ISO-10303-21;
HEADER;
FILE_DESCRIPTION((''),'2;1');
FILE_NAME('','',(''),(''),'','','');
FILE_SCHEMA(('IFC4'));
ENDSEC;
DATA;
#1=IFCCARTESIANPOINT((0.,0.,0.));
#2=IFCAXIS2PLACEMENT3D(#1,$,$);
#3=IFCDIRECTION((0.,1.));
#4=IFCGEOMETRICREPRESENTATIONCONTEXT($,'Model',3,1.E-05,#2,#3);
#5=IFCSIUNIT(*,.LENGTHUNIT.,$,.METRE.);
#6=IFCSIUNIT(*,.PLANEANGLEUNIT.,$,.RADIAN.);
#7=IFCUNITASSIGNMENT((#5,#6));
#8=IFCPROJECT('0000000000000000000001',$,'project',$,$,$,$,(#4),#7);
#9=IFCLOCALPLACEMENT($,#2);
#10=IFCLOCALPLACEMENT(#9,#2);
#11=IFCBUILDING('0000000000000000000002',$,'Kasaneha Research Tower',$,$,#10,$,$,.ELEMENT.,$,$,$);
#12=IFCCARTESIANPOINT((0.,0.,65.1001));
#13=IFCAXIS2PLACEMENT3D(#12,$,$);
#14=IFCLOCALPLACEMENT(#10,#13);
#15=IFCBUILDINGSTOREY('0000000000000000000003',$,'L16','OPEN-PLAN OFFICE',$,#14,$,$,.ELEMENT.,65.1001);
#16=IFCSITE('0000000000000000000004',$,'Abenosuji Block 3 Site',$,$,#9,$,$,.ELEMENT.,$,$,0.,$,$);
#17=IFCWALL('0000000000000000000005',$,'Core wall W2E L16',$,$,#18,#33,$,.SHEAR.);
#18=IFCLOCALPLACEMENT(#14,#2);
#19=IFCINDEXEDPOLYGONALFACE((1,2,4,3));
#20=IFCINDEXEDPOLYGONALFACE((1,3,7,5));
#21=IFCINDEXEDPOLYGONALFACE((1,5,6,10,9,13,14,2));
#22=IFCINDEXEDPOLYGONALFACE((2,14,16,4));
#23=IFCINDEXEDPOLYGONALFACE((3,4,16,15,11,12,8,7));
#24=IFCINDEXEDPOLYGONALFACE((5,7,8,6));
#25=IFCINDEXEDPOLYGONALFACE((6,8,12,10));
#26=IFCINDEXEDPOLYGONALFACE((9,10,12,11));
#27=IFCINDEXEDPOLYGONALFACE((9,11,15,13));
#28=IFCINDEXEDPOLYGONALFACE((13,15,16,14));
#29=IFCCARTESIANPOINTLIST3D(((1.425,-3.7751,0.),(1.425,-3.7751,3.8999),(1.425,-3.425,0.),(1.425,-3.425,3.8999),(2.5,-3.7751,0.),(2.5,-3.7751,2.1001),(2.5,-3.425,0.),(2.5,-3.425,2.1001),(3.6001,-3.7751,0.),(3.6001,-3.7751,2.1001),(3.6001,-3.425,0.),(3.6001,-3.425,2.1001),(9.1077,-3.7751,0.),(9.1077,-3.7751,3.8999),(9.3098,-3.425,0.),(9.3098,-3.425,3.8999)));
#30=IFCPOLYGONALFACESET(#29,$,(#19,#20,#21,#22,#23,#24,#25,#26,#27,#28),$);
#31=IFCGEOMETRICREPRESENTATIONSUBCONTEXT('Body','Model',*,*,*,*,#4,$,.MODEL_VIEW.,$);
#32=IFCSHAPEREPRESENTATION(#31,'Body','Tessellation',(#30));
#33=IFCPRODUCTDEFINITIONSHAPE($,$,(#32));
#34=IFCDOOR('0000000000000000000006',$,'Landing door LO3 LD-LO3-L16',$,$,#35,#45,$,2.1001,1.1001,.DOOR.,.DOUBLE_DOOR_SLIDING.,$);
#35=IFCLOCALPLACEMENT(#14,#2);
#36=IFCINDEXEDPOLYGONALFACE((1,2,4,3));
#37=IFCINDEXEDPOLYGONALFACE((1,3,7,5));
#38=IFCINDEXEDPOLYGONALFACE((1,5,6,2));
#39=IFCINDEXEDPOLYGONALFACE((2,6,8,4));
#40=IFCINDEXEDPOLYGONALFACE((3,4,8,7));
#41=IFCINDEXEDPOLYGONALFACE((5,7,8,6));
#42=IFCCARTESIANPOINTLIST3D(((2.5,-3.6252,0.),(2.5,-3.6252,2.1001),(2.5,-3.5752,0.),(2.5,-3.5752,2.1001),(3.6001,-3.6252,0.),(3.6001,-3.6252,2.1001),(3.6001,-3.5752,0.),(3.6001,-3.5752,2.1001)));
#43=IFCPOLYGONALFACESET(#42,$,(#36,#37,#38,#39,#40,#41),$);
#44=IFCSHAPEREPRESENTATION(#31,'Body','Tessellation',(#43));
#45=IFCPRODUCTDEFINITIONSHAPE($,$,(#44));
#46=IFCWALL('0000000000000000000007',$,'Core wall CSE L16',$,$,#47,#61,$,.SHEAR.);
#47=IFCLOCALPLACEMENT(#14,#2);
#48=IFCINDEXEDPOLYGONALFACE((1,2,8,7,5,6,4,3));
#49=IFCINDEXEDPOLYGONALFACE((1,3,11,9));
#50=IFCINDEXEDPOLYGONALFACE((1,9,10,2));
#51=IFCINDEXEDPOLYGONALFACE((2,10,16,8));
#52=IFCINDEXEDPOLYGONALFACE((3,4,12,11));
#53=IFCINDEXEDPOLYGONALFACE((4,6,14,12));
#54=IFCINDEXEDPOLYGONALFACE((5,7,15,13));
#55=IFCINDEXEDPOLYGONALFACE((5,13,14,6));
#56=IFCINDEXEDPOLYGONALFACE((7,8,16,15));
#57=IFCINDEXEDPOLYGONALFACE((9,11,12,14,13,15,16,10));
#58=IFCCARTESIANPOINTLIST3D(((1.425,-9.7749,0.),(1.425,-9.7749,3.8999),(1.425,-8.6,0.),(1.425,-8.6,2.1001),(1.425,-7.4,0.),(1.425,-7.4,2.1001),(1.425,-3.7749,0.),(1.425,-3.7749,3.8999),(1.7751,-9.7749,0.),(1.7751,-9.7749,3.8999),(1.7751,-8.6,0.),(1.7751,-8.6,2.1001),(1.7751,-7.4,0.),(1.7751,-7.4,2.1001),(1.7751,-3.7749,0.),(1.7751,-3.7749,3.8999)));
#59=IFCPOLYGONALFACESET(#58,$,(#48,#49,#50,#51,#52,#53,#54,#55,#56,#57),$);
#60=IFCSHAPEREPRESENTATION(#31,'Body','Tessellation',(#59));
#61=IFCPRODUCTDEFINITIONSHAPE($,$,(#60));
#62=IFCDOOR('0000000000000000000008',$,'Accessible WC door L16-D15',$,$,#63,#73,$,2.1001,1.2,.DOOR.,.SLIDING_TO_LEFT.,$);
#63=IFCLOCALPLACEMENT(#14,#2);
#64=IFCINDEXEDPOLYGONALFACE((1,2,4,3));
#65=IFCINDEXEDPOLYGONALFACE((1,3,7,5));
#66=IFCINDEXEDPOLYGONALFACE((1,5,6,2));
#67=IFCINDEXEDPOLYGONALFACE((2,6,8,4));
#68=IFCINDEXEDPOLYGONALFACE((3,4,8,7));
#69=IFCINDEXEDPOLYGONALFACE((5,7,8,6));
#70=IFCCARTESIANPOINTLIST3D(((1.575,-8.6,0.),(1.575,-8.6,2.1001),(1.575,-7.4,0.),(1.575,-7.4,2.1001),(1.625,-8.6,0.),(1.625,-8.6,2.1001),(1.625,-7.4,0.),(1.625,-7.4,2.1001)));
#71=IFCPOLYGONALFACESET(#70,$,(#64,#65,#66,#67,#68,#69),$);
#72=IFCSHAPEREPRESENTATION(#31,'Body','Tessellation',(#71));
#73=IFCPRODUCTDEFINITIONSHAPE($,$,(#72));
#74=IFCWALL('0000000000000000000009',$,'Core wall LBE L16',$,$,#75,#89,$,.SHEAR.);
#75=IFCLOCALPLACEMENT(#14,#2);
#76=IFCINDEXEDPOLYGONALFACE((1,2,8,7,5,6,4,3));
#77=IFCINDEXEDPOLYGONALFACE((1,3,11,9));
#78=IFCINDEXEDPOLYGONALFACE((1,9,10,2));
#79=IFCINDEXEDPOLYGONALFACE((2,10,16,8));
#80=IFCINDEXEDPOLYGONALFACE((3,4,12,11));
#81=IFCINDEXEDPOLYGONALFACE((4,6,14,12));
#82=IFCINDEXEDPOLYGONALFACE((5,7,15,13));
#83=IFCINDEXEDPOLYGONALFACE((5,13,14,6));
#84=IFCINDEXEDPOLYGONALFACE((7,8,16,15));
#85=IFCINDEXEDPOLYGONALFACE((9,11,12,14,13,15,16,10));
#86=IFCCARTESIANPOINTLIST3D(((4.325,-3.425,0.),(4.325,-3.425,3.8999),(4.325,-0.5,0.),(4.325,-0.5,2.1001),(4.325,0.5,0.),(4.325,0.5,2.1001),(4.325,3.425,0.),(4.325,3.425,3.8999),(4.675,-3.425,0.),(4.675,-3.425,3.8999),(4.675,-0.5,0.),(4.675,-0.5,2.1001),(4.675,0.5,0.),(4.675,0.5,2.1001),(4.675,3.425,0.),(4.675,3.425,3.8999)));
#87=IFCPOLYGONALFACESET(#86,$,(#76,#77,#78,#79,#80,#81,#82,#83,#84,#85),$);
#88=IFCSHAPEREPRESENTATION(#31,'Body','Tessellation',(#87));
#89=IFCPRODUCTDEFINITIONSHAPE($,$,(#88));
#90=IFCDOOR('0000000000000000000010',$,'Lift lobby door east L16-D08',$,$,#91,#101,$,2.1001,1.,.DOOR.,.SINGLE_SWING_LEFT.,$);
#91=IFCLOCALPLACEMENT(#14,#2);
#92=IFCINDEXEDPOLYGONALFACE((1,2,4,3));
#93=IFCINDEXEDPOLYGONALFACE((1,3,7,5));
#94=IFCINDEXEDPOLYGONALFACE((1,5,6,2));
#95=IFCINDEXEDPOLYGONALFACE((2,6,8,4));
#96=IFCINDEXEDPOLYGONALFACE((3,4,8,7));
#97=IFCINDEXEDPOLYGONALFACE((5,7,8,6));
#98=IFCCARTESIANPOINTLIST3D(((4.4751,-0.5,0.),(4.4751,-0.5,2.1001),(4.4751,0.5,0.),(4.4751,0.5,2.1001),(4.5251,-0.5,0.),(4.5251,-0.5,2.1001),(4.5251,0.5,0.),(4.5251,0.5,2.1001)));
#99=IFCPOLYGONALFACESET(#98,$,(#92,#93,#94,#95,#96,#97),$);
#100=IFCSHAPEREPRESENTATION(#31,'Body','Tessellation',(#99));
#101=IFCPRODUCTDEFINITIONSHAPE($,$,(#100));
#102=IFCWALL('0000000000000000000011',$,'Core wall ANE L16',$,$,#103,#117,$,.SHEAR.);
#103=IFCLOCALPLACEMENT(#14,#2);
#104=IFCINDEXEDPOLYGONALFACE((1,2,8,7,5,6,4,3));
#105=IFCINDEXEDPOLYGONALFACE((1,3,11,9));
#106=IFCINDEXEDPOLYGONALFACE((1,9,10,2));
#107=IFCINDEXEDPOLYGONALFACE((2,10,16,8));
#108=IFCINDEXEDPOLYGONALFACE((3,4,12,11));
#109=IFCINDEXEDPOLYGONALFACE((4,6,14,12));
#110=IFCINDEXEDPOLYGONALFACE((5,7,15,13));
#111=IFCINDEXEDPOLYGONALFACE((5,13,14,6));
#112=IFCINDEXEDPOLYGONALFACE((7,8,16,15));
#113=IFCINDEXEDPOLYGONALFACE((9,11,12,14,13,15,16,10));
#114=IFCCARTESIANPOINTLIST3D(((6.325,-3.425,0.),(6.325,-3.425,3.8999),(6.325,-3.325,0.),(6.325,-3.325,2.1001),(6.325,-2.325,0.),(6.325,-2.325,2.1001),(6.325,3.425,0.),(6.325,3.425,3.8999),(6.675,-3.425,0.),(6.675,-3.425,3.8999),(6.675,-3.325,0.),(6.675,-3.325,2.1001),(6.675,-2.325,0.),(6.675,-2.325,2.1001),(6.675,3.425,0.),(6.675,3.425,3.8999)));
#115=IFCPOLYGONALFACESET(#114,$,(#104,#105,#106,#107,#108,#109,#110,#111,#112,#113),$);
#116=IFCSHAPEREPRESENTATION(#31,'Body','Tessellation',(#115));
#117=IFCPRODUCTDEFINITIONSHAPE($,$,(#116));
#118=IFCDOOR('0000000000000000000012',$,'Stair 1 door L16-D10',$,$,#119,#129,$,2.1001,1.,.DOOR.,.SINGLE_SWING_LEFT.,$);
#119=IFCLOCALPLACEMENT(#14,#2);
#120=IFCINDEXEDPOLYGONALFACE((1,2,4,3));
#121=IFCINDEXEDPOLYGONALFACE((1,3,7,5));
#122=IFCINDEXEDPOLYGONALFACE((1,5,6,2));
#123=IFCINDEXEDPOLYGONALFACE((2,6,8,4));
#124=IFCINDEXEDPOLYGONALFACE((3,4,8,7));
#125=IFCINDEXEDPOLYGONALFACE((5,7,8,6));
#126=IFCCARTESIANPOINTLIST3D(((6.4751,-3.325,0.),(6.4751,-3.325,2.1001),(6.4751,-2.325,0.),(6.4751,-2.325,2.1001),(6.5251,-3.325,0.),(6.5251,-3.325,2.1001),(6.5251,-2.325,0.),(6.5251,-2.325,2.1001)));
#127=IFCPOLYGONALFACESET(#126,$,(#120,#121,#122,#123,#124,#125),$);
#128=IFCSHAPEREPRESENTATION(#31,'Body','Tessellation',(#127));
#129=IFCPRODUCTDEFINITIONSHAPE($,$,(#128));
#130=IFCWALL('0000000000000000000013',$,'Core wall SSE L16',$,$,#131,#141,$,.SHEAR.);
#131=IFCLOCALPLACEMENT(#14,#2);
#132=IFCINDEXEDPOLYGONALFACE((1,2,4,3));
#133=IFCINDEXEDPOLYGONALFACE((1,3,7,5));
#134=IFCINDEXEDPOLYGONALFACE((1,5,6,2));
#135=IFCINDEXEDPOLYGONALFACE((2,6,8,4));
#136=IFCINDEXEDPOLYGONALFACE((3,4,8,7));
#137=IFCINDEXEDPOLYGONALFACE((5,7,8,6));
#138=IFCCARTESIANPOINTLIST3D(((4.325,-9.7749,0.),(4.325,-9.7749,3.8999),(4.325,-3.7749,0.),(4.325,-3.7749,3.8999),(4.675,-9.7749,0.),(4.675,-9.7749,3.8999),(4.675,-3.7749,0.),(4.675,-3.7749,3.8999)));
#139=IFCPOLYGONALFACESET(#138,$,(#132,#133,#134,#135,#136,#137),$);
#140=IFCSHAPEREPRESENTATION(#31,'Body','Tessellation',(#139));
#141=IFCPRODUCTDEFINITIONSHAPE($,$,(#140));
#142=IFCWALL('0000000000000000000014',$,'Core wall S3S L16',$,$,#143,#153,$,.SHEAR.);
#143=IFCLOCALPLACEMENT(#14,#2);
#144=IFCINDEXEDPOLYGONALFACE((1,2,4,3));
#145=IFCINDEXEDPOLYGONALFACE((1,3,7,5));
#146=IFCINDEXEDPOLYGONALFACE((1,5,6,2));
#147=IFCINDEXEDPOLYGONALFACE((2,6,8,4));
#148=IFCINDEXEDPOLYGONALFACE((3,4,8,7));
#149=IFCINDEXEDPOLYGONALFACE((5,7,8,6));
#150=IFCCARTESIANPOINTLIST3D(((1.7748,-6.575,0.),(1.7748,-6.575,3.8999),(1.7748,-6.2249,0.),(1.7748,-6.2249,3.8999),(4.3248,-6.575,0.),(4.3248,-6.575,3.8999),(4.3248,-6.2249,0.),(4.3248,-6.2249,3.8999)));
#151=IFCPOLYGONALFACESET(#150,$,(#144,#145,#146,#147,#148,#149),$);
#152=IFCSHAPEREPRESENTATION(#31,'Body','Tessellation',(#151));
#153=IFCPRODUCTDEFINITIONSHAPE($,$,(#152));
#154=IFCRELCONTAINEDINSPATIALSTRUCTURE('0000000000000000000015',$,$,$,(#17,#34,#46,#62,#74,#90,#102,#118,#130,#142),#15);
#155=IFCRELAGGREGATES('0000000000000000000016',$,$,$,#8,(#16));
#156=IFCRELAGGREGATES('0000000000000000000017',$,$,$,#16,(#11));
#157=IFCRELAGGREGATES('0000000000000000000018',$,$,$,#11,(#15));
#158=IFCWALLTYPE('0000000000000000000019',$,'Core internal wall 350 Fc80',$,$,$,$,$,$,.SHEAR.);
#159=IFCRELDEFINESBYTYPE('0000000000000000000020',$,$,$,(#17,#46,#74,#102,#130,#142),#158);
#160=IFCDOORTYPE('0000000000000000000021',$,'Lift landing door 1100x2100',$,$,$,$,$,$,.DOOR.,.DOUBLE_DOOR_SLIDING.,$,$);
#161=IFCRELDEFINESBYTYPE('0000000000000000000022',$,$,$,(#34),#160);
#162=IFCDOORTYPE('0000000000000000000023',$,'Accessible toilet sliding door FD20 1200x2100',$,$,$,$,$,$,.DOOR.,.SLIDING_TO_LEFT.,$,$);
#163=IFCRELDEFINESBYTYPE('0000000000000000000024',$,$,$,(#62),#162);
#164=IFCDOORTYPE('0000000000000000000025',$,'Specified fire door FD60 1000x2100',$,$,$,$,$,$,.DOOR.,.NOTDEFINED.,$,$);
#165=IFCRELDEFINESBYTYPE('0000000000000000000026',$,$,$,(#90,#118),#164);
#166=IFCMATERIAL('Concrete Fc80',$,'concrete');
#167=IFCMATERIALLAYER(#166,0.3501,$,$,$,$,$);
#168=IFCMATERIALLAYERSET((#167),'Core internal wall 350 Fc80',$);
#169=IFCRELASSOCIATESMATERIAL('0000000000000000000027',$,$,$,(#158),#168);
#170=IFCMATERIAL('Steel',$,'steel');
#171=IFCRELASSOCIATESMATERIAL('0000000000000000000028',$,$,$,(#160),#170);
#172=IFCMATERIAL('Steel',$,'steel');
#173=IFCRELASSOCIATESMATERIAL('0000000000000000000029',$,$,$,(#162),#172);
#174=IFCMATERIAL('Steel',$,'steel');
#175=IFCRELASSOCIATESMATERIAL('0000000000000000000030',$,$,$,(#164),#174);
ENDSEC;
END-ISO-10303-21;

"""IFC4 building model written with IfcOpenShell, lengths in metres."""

from ifc_helpers import new_model, si_unit, direction, frame, frame_2d, origin, place, context, subcontext, project, spatial, polyline, rectangle, outline, extrude, material, layer, layer_set, type_object, element, fill, save


model = new_model("IFC4")

# Units and contexts
model_context = context("Model", 3, precision=1e-05, world=origin(), true_north=direction((0.0, 1.0)))
body_context = subcontext(model_context, "Body", "Model", "MODEL_VIEW")
ifc_project = project(units=[si_unit("LENGTHUNIT", "METRE"), si_unit("PLANEANGLEUNIT", "RADIAN")], contexts=[model_context])

# Site, building, storey
site_placement = place(None, origin())
site = spatial("IfcSite", under=ifc_project, at=site_placement, Name="Abenosuji Block 3 Site", CompositionType="ELEMENT", RefElevation=0.0)
building_placement = place(site_placement, origin())
building = spatial("IfcBuilding", under=site, at=building_placement, Name="Kasaneha Research Tower", CompositionType="ELEMENT")
storey_placement = place(building_placement, frame((0.0, 0.0, 65.1001)))
storey = spatial("IfcBuildingStorey", under=building, at=storey_placement, Name="L16", Description="OPEN-PLAN OFFICE", CompositionType="ELEMENT", Elevation=65.1001)

# Walls, openings, doors
ifc_material_1 = material(Name="Concrete Fc80", Category="concrete")
ifc_layer_1 = layer(ifc_material_1, 0.3501)
ifc_layer_set_1 = layer_set([ifc_layer_1], Name="Core internal wall 350 Fc80")
wall_type_1 = type_object("IfcWallType", Name="Core internal wall 350 Fc80", PredefinedType="SHEAR", material=ifc_layer_set_1)
wall_1_placement = place(storey_placement, frame((1.425, -3.6001, 0.0), z_axis=(0.0, 0.0, 1.0), x_axis=(1.0, 0.0, 0.0)))
wall_1 = element("IfcWall", 1, at=wall_1_placement, inside=storey, type_object=wall_type_1, Name="Core wall W2E L16", PredefinedType="SHEAR", context=body_context, shape_type="SweptSolid", body=[
    extrude(outline(polyline([(0.0, -0.175), (1.075, -0.175), (2.175, -0.175), (7.6826, -0.175), (7.8848, 0.175), (2.175, 0.175), (1.075, 0.175), (0.0, 0.175), (0.0, -0.175)])), origin(), (0.0, 0.0, 1.0), 3.8999),
])
opening_1_placement = place(wall_1_placement, frame((1.075, 0.0, 0.0)))
opening_1 = element("IfcOpeningElement", 2, at=opening_1_placement, cuts=wall_1, PredefinedType="OPENING", context=body_context, shape_type="SweptSolid", body=[
    extrude(rectangle(XDim=1.1001, YDim=2.1001, at=frame_2d((0.55, 1.05))), frame((0.0, 0.1851, 0.0), z_axis=(0.0, -1.0, 0.0), x_axis=(1.0, 0.0, 0.0)), (0.0, 0.0, 1.0), 0.3701),
])
ifc_material_2 = material(Name="Steel", Category="steel")
door_type_1 = type_object("IfcDoorType", Name="Lift landing door 1100x2100", OperationType="DOUBLE_DOOR_SLIDING", PredefinedType="DOOR", material=ifc_material_2)
door_1_placement = place(opening_1_placement, origin())
door_1 = element("IfcDoor", 3, at=door_1_placement, inside=storey, type_object=door_type_1, Name="Landing door LO3 LD-LO3-L16", OperationType="DOUBLE_DOOR_SLIDING", OverallHeight=2.1001, OverallWidth=1.1001, PredefinedType="DOOR", context=body_context, shape_type="SweptSolid", body=[
    extrude(rectangle(XDim=1.1001, YDim=2.1001, at=frame_2d((0.55, 1.05))), frame((0.0, 0.0249, 0.0), z_axis=(0.0, -1.0, 0.0), x_axis=(1.0, 0.0, 0.0)), (0.0, 0.0, 1.0), 0.05),
])
fill(opening_1, door_1)
wall_2_placement = place(storey_placement, frame((1.6001, -3.7749, 0.0), z_axis=(0.0, 0.0, 1.0), x_axis=(0.0, -1.0, 0.0)))
wall_2 = element("IfcWall", 4, at=wall_2_placement, inside=storey, type_object=wall_type_1, Name="Core wall CSE L16", PredefinedType="SHEAR", context=body_context, shape_type="SweptSolid", body=[
    extrude(rectangle(XDim=6.0, YDim=0.3501, at=frame_2d((3.0, 0.0))), origin(), (0.0, 0.0, 1.0), 3.8999),
])
opening_2_placement = place(wall_2_placement, frame((3.625, 0.0, 0.0)))
opening_2 = element("IfcOpeningElement", 5, at=opening_2_placement, cuts=wall_2, PredefinedType="OPENING", context=body_context, shape_type="SweptSolid", body=[
    extrude(rectangle(XDim=1.2, YDim=2.1001, at=frame_2d((0.6001, 1.05))), frame((0.0, 0.1851, 0.0), z_axis=(0.0, -1.0, 0.0), x_axis=(1.0, 0.0, 0.0)), (0.0, 0.0, 1.0), 0.3701),
])
ifc_material_3 = material(Name="Steel", Category="steel")
door_type_2 = type_object("IfcDoorType", Name="Accessible toilet sliding door FD20 1200x2100", OperationType="SLIDING_TO_LEFT", PredefinedType="DOOR", material=ifc_material_3)
door_2_placement = place(opening_2_placement, origin())
door_2 = element("IfcDoor", 6, at=door_2_placement, inside=storey, type_object=door_type_2, Name="Accessible WC door L16-D15", OperationType="SLIDING_TO_LEFT", OverallHeight=2.1001, OverallWidth=1.2, PredefinedType="DOOR", context=body_context, shape_type="SweptSolid", body=[
    extrude(rectangle(XDim=1.2, YDim=2.1001, at=frame_2d((0.6001, 1.05))), frame((0.0, 0.0249, 0.0), z_axis=(0.0, -1.0, 0.0), x_axis=(1.0, 0.0, 0.0)), (0.0, 0.0, 1.0), 0.05),
])
fill(opening_2, door_2)
wall_3_placement = place(storey_placement, frame((4.5, -3.425, 0.0), z_axis=(0.0, 0.0, 1.0), x_axis=(0.0, 1.0, 0.0)))
wall_3 = element("IfcWall", 7, at=wall_3_placement, inside=storey, type_object=wall_type_1, Name="Core wall LBE L16", PredefinedType="SHEAR", context=body_context, shape_type="SweptSolid", body=[
    extrude(rectangle(XDim=6.8501, YDim=0.3501, at=frame_2d((3.425, 0.0))), origin(), (0.0, 0.0, 1.0), 3.8999),
])
opening_3_placement = place(wall_3_placement, frame((2.925, 0.0, 0.0)))
opening_3 = element("IfcOpeningElement", 8, at=opening_3_placement, cuts=wall_3, PredefinedType="OPENING", context=body_context, shape_type="SweptSolid", body=[
    extrude(rectangle(XDim=1.0, YDim=2.1001, at=frame_2d((0.5, 1.05))), frame((0.0, 0.1851, 0.0), z_axis=(0.0, -1.0, 0.0), x_axis=(1.0, 0.0, 0.0)), (0.0, 0.0, 1.0), 0.3701),
])
ifc_material_4 = material(Name="Steel", Category="steel")
door_type_3 = type_object("IfcDoorType", Name="Specified fire door FD60 1000x2100", OperationType="NOTDEFINED", PredefinedType="DOOR", material=ifc_material_4)
door_3_placement = place(opening_3_placement, origin())
door_3 = element("IfcDoor", 9, at=door_3_placement, inside=storey, type_object=door_type_3, Name="Lift lobby door east L16-D08", OperationType="SINGLE_SWING_LEFT", OverallHeight=2.1001, OverallWidth=1.0, PredefinedType="DOOR", context=body_context, shape_type="SweptSolid", body=[
    extrude(rectangle(XDim=1.0, YDim=2.1001, at=frame_2d((0.5, 1.05))), frame((0.0, 0.0249, 0.0), z_axis=(0.0, -1.0, 0.0), x_axis=(1.0, 0.0, 0.0)), (0.0, 0.0, 1.0), 0.05),
])
fill(opening_3, door_3)
wall_4_placement = place(storey_placement, frame((6.5, -3.425, 0.0), z_axis=(0.0, 0.0, 1.0), x_axis=(0.0, 1.0, 0.0)))
wall_4 = element("IfcWall", 10, at=wall_4_placement, inside=storey, type_object=wall_type_1, Name="Core wall ANE L16", PredefinedType="SHEAR", context=body_context, shape_type="SweptSolid", body=[
    extrude(rectangle(XDim=6.8501, YDim=0.3501, at=frame_2d((3.425, 0.0))), origin(), (0.0, 0.0, 1.0), 3.8999),
])
opening_4_placement = place(wall_4_placement, frame((0.1001, 0.0, 0.0)))
opening_4 = element("IfcOpeningElement", 11, at=opening_4_placement, cuts=wall_4, PredefinedType="OPENING", context=body_context, shape_type="SweptSolid", body=[
    extrude(rectangle(XDim=1.0, YDim=2.1001, at=frame_2d((0.5, 1.05))), frame((0.0, 0.1851, 0.0), z_axis=(0.0, -1.0, 0.0), x_axis=(1.0, 0.0, 0.0)), (0.0, 0.0, 1.0), 0.3701),
])
door_4_placement = place(opening_4_placement, origin())
door_4 = element("IfcDoor", 12, at=door_4_placement, inside=storey, type_object=door_type_3, Name="Stair 1 door L16-D10", OperationType="SINGLE_SWING_LEFT", OverallHeight=2.1001, OverallWidth=1.0, PredefinedType="DOOR", context=body_context, shape_type="SweptSolid", body=[
    extrude(rectangle(XDim=1.0, YDim=2.1001, at=frame_2d((0.5, 1.05))), frame((0.0, 0.0249, 0.0), z_axis=(0.0, -1.0, 0.0), x_axis=(1.0, 0.0, 0.0)), (0.0, 0.0, 1.0), 0.05),
])
fill(opening_4, door_4)

# Walls
wall_5_placement = place(storey_placement, frame((4.5, -3.7749, 0.0), z_axis=(0.0, 0.0, 1.0), x_axis=(0.0, -1.0, 0.0)))
element("IfcWall", 13, at=wall_5_placement, inside=storey, type_object=wall_type_1, Name="Core wall SSE L16", PredefinedType="SHEAR", context=body_context, shape_type="SweptSolid", body=[
    extrude(rectangle(XDim=6.0, YDim=0.3501, at=frame_2d((3.0, 0.0))), origin(), (0.0, 0.0, 1.0), 3.8999),
])
wall_6_placement = place(storey_placement, frame((1.7749, -6.3999, 0.0), z_axis=(0.0, 0.0, 1.0), x_axis=(1.0, 0.0, 0.0)))
element("IfcWall", 14, at=wall_6_placement, inside=storey, type_object=wall_type_1, Name="Core wall S3S L16", PredefinedType="SHEAR", context=body_context, shape_type="SweptSolid", body=[
    extrude(rectangle(XDim=2.55, YDim=0.3501, at=frame_2d((1.2749, 0.0))), origin(), (0.0, 0.0, 1.0), 3.8999),
])

save(model, "model.ifc")
